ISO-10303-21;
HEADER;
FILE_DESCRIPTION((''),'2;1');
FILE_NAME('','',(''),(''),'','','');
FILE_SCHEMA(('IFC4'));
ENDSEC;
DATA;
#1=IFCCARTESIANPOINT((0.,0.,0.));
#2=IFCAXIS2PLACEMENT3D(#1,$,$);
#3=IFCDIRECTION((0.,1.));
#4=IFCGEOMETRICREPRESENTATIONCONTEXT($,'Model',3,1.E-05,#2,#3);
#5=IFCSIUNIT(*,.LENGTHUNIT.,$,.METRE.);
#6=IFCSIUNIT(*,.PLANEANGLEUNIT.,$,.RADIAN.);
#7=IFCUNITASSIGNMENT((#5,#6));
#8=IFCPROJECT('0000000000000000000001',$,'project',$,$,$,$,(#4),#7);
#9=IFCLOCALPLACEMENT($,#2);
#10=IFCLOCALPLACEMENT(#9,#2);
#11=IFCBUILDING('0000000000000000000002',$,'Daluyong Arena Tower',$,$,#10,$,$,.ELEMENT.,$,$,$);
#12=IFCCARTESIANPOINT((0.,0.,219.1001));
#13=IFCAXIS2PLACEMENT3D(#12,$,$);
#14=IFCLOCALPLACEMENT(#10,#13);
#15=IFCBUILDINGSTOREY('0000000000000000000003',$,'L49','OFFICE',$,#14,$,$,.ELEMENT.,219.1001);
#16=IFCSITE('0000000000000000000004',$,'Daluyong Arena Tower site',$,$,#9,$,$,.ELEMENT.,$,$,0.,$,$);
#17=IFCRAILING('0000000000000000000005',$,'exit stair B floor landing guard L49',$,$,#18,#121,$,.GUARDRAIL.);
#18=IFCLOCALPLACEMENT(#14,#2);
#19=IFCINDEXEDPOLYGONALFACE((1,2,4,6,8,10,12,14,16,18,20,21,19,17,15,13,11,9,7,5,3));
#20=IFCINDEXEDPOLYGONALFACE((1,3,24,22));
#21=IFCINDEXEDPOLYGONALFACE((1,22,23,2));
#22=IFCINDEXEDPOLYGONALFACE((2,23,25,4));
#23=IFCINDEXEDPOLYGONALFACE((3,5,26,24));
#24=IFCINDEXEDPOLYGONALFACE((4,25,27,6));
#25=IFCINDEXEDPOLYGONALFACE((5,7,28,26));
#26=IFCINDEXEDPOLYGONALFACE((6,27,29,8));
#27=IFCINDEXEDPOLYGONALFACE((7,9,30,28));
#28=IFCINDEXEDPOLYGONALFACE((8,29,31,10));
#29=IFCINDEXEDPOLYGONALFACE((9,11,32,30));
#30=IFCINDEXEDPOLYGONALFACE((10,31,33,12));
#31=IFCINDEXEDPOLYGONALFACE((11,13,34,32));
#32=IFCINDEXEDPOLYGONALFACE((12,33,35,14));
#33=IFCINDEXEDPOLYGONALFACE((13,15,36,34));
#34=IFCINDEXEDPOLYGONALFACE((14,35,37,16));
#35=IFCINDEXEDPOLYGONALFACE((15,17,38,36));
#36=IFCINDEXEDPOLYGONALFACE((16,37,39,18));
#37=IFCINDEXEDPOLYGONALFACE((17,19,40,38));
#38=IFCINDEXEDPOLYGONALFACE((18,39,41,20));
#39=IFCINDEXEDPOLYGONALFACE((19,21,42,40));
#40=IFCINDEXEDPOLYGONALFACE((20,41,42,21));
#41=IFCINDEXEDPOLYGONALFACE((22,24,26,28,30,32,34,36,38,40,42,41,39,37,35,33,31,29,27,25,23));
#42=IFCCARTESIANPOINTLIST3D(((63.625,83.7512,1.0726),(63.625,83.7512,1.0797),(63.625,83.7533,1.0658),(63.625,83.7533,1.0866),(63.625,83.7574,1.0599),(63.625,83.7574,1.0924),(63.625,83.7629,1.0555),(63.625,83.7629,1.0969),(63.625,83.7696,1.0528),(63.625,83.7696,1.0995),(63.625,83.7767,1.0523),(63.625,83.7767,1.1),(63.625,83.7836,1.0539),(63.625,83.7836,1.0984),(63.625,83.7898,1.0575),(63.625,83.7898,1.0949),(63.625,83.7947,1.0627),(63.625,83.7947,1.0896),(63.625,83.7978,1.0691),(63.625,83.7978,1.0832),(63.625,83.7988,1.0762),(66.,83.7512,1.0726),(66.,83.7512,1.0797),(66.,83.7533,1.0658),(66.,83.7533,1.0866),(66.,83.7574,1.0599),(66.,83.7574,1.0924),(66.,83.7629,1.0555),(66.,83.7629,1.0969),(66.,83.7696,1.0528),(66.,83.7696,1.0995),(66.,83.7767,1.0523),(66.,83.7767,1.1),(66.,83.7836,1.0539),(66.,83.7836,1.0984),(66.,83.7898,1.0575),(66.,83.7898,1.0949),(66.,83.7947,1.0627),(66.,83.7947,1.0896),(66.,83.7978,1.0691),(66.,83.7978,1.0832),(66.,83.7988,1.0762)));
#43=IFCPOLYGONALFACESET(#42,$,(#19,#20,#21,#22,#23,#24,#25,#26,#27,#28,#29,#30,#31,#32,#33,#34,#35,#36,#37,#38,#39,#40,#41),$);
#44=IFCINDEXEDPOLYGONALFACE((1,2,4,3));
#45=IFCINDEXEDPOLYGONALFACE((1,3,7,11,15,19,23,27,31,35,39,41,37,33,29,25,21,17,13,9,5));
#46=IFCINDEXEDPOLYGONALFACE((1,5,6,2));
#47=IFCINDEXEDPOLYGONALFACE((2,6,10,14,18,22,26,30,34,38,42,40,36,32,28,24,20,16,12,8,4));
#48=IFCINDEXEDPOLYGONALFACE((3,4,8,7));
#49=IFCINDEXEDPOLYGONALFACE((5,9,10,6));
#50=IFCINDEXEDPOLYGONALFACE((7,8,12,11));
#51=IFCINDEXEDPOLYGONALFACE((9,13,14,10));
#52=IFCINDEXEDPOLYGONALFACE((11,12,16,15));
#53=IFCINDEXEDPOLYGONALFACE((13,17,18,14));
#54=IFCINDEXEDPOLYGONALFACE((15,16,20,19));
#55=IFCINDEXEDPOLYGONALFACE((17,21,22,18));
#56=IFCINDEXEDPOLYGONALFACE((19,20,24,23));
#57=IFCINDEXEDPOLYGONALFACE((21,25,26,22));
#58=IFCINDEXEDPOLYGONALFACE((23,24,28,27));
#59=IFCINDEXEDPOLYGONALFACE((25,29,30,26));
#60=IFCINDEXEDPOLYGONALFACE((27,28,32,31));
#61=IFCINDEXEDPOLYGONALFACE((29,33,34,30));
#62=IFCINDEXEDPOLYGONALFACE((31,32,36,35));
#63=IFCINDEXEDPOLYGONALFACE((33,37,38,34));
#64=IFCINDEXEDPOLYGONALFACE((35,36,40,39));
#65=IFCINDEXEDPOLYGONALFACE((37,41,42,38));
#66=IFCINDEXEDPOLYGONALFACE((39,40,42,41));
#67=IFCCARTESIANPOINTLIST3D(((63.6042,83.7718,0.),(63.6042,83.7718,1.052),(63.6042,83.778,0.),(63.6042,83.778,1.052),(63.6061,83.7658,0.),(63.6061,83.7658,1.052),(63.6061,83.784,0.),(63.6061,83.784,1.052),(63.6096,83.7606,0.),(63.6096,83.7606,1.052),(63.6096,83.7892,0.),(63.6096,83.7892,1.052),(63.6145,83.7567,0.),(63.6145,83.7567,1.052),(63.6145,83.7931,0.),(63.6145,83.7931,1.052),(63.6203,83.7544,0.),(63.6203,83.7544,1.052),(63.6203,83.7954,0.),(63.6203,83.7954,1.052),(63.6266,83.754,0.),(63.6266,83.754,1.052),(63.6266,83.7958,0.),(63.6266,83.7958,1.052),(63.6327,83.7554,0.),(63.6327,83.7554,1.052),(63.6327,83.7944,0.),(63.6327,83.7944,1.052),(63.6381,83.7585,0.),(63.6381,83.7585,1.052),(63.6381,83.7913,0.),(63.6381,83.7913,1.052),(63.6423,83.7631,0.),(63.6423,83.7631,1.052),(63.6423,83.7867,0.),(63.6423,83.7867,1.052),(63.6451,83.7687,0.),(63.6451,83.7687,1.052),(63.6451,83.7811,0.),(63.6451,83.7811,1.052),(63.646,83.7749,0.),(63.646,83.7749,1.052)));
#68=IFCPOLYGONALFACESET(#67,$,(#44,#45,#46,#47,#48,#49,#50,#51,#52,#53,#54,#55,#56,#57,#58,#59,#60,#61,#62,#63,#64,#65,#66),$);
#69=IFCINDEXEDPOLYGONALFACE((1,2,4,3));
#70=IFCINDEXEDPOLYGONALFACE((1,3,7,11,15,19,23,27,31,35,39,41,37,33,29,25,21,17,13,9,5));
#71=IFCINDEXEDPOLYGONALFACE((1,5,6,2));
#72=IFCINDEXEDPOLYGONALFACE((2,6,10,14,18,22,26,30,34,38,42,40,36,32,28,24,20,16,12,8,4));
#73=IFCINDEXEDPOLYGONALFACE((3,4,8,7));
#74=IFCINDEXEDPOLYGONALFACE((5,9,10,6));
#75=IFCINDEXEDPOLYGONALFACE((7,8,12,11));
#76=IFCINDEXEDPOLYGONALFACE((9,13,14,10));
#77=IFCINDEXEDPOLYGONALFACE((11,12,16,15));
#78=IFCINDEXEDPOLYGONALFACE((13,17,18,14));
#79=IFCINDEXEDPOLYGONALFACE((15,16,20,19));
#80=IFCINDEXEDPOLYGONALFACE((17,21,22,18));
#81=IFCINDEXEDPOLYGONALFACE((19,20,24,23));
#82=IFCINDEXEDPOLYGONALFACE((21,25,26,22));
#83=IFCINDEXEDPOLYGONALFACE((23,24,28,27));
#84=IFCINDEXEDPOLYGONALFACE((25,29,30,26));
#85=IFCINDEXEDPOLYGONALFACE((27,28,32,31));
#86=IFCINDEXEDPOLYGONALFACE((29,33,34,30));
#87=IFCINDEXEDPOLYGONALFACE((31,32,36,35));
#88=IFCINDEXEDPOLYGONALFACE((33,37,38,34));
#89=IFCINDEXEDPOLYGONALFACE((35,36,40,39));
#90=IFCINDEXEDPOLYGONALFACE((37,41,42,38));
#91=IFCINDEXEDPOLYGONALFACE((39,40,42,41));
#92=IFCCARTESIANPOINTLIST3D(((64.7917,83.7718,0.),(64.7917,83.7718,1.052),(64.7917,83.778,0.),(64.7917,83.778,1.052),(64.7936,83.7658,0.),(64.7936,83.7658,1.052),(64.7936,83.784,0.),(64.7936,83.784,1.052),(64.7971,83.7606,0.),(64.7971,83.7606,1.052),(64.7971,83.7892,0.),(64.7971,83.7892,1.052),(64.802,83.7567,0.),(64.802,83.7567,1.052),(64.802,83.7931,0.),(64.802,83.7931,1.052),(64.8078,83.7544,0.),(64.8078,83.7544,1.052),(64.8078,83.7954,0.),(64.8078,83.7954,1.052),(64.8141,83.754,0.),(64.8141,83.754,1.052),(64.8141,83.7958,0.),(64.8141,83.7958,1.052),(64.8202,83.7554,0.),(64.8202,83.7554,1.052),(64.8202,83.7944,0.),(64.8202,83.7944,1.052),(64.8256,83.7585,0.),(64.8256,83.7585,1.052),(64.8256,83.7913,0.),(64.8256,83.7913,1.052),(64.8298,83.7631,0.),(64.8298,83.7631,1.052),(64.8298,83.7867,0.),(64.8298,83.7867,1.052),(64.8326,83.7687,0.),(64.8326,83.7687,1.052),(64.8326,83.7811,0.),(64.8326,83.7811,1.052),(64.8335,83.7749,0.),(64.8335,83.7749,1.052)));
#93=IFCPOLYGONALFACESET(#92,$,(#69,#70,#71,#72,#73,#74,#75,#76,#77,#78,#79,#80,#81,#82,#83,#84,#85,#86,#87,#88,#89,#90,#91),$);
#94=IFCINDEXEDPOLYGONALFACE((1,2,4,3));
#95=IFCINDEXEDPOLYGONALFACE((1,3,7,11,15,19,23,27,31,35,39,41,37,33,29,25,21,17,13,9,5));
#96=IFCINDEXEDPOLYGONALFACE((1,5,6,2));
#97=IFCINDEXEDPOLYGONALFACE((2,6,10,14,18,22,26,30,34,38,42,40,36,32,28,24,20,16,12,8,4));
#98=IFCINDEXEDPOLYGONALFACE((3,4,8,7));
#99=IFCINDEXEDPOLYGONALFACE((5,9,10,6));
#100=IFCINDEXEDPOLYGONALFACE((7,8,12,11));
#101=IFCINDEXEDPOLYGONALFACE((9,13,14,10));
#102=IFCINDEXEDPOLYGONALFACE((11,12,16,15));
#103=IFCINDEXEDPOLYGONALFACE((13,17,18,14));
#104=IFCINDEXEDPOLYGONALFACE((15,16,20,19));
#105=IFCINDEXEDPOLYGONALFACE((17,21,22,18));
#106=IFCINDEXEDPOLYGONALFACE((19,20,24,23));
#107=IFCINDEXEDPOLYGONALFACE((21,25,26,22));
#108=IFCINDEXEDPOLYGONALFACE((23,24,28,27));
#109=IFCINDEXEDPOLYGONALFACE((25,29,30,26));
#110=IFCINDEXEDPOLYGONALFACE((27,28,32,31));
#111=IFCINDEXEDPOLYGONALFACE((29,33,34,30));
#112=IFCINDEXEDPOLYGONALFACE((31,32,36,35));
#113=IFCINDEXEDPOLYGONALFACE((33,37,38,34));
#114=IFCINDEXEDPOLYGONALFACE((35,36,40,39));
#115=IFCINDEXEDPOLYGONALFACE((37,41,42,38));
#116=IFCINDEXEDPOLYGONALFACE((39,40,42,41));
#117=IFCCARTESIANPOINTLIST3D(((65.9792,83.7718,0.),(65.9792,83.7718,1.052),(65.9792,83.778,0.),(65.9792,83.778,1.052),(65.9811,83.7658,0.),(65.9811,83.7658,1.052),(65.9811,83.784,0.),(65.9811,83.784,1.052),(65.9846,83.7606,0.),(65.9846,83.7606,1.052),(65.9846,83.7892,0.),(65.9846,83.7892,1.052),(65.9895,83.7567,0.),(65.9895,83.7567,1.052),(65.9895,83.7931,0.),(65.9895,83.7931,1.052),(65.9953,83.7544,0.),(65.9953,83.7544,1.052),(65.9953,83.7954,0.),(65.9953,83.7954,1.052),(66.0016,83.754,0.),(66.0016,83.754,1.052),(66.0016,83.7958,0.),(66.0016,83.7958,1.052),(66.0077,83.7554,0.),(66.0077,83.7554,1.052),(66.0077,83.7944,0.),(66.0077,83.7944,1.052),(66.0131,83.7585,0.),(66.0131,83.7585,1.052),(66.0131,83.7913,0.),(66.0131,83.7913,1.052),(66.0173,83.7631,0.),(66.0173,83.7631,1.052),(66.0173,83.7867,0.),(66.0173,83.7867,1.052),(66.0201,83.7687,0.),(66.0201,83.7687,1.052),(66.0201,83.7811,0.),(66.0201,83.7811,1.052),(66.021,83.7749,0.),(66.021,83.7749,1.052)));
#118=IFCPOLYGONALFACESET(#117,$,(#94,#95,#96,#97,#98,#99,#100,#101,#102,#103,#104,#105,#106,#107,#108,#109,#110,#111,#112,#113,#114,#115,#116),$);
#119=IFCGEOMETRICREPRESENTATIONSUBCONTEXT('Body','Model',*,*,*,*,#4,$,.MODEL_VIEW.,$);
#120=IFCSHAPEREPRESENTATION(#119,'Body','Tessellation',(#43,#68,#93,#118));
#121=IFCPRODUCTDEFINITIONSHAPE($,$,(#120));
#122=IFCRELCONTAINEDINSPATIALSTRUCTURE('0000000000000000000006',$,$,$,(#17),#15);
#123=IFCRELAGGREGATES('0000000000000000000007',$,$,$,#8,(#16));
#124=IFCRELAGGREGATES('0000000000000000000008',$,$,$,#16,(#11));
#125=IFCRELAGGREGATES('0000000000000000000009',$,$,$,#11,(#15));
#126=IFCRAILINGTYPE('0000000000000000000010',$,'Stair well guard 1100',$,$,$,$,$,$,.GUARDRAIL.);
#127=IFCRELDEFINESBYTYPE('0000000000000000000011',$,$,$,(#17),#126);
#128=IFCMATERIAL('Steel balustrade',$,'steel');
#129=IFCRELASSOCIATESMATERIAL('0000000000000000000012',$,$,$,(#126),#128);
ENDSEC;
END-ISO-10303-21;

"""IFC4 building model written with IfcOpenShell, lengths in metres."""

from ifc_helpers import new_model, si_unit, direction, frame, origin, origin_2d, place, context, subcontext, project, spatial, circle, extrude, material, type_object, element, save


model = new_model("IFC4")

# Units and contexts
model_context = context("Model", 3, precision=1e-05, world=origin(), true_north=direction((0.0, 1.0)))
body_context = subcontext(model_context, "Body", "Model", "MODEL_VIEW")
ifc_project = project(units=[si_unit("LENGTHUNIT", "METRE"), si_unit("PLANEANGLEUNIT", "RADIAN")], contexts=[model_context])

# Site, building, storey
site_placement = place(None, origin())
site = spatial("IfcSite", under=ifc_project, at=site_placement, Name="Daluyong Arena Tower site", CompositionType="ELEMENT", RefElevation=0.0)
building_placement = place(site_placement, origin())
building = spatial("IfcBuilding", under=site, at=building_placement, Name="Daluyong Arena Tower", CompositionType="ELEMENT")
storey_placement = place(building_placement, frame((0.0, 0.0, 219.1001)))
storey = spatial("IfcBuildingStorey", under=building, at=storey_placement, Name="L49", Description="OFFICE", CompositionType="ELEMENT", Elevation=219.1001)

# Railing
ifc_material_1 = material(Name="Steel balustrade", Category="steel")
railing_type_1 = type_object("IfcRailingType", Name="Stair well guard 1100", PredefinedType="GUARDRAIL", material=ifc_material_1)
railing_1_placement = place(storey_placement, frame((63.625, 83.7749, 0.0)))
element("IfcRailing", 1, at=railing_1_placement, inside=storey, type_object=railing_type_1, Name="exit stair B floor landing guard L49", PredefinedType="GUARDRAIL", context=body_context, shape_type="SweptSolid", body=[
    extrude(circle(Radius=0.0239, at=origin_2d()), frame((0.0, 0.0, 1.0762), z_axis=(1.0, 0.0, 0.0), x_axis=(0.0, 1.0, 0.0)), (0.0, 0.0, 1.0), 2.375),
    extrude(circle(Radius=0.021, at=origin_2d()), origin(), (0.0, 0.0, 1.0), 1.052),
    extrude(circle(Radius=0.021, at=origin_2d()), frame((1.1875, 0.0, 0.0)), (0.0, 0.0, 1.0), 1.052),
    extrude(circle(Radius=0.021, at=origin_2d()), frame((2.375, 0.0, 0.0)), (0.0, 0.0, 1.0), 1.052),
])

save(model, "model.ifc")
